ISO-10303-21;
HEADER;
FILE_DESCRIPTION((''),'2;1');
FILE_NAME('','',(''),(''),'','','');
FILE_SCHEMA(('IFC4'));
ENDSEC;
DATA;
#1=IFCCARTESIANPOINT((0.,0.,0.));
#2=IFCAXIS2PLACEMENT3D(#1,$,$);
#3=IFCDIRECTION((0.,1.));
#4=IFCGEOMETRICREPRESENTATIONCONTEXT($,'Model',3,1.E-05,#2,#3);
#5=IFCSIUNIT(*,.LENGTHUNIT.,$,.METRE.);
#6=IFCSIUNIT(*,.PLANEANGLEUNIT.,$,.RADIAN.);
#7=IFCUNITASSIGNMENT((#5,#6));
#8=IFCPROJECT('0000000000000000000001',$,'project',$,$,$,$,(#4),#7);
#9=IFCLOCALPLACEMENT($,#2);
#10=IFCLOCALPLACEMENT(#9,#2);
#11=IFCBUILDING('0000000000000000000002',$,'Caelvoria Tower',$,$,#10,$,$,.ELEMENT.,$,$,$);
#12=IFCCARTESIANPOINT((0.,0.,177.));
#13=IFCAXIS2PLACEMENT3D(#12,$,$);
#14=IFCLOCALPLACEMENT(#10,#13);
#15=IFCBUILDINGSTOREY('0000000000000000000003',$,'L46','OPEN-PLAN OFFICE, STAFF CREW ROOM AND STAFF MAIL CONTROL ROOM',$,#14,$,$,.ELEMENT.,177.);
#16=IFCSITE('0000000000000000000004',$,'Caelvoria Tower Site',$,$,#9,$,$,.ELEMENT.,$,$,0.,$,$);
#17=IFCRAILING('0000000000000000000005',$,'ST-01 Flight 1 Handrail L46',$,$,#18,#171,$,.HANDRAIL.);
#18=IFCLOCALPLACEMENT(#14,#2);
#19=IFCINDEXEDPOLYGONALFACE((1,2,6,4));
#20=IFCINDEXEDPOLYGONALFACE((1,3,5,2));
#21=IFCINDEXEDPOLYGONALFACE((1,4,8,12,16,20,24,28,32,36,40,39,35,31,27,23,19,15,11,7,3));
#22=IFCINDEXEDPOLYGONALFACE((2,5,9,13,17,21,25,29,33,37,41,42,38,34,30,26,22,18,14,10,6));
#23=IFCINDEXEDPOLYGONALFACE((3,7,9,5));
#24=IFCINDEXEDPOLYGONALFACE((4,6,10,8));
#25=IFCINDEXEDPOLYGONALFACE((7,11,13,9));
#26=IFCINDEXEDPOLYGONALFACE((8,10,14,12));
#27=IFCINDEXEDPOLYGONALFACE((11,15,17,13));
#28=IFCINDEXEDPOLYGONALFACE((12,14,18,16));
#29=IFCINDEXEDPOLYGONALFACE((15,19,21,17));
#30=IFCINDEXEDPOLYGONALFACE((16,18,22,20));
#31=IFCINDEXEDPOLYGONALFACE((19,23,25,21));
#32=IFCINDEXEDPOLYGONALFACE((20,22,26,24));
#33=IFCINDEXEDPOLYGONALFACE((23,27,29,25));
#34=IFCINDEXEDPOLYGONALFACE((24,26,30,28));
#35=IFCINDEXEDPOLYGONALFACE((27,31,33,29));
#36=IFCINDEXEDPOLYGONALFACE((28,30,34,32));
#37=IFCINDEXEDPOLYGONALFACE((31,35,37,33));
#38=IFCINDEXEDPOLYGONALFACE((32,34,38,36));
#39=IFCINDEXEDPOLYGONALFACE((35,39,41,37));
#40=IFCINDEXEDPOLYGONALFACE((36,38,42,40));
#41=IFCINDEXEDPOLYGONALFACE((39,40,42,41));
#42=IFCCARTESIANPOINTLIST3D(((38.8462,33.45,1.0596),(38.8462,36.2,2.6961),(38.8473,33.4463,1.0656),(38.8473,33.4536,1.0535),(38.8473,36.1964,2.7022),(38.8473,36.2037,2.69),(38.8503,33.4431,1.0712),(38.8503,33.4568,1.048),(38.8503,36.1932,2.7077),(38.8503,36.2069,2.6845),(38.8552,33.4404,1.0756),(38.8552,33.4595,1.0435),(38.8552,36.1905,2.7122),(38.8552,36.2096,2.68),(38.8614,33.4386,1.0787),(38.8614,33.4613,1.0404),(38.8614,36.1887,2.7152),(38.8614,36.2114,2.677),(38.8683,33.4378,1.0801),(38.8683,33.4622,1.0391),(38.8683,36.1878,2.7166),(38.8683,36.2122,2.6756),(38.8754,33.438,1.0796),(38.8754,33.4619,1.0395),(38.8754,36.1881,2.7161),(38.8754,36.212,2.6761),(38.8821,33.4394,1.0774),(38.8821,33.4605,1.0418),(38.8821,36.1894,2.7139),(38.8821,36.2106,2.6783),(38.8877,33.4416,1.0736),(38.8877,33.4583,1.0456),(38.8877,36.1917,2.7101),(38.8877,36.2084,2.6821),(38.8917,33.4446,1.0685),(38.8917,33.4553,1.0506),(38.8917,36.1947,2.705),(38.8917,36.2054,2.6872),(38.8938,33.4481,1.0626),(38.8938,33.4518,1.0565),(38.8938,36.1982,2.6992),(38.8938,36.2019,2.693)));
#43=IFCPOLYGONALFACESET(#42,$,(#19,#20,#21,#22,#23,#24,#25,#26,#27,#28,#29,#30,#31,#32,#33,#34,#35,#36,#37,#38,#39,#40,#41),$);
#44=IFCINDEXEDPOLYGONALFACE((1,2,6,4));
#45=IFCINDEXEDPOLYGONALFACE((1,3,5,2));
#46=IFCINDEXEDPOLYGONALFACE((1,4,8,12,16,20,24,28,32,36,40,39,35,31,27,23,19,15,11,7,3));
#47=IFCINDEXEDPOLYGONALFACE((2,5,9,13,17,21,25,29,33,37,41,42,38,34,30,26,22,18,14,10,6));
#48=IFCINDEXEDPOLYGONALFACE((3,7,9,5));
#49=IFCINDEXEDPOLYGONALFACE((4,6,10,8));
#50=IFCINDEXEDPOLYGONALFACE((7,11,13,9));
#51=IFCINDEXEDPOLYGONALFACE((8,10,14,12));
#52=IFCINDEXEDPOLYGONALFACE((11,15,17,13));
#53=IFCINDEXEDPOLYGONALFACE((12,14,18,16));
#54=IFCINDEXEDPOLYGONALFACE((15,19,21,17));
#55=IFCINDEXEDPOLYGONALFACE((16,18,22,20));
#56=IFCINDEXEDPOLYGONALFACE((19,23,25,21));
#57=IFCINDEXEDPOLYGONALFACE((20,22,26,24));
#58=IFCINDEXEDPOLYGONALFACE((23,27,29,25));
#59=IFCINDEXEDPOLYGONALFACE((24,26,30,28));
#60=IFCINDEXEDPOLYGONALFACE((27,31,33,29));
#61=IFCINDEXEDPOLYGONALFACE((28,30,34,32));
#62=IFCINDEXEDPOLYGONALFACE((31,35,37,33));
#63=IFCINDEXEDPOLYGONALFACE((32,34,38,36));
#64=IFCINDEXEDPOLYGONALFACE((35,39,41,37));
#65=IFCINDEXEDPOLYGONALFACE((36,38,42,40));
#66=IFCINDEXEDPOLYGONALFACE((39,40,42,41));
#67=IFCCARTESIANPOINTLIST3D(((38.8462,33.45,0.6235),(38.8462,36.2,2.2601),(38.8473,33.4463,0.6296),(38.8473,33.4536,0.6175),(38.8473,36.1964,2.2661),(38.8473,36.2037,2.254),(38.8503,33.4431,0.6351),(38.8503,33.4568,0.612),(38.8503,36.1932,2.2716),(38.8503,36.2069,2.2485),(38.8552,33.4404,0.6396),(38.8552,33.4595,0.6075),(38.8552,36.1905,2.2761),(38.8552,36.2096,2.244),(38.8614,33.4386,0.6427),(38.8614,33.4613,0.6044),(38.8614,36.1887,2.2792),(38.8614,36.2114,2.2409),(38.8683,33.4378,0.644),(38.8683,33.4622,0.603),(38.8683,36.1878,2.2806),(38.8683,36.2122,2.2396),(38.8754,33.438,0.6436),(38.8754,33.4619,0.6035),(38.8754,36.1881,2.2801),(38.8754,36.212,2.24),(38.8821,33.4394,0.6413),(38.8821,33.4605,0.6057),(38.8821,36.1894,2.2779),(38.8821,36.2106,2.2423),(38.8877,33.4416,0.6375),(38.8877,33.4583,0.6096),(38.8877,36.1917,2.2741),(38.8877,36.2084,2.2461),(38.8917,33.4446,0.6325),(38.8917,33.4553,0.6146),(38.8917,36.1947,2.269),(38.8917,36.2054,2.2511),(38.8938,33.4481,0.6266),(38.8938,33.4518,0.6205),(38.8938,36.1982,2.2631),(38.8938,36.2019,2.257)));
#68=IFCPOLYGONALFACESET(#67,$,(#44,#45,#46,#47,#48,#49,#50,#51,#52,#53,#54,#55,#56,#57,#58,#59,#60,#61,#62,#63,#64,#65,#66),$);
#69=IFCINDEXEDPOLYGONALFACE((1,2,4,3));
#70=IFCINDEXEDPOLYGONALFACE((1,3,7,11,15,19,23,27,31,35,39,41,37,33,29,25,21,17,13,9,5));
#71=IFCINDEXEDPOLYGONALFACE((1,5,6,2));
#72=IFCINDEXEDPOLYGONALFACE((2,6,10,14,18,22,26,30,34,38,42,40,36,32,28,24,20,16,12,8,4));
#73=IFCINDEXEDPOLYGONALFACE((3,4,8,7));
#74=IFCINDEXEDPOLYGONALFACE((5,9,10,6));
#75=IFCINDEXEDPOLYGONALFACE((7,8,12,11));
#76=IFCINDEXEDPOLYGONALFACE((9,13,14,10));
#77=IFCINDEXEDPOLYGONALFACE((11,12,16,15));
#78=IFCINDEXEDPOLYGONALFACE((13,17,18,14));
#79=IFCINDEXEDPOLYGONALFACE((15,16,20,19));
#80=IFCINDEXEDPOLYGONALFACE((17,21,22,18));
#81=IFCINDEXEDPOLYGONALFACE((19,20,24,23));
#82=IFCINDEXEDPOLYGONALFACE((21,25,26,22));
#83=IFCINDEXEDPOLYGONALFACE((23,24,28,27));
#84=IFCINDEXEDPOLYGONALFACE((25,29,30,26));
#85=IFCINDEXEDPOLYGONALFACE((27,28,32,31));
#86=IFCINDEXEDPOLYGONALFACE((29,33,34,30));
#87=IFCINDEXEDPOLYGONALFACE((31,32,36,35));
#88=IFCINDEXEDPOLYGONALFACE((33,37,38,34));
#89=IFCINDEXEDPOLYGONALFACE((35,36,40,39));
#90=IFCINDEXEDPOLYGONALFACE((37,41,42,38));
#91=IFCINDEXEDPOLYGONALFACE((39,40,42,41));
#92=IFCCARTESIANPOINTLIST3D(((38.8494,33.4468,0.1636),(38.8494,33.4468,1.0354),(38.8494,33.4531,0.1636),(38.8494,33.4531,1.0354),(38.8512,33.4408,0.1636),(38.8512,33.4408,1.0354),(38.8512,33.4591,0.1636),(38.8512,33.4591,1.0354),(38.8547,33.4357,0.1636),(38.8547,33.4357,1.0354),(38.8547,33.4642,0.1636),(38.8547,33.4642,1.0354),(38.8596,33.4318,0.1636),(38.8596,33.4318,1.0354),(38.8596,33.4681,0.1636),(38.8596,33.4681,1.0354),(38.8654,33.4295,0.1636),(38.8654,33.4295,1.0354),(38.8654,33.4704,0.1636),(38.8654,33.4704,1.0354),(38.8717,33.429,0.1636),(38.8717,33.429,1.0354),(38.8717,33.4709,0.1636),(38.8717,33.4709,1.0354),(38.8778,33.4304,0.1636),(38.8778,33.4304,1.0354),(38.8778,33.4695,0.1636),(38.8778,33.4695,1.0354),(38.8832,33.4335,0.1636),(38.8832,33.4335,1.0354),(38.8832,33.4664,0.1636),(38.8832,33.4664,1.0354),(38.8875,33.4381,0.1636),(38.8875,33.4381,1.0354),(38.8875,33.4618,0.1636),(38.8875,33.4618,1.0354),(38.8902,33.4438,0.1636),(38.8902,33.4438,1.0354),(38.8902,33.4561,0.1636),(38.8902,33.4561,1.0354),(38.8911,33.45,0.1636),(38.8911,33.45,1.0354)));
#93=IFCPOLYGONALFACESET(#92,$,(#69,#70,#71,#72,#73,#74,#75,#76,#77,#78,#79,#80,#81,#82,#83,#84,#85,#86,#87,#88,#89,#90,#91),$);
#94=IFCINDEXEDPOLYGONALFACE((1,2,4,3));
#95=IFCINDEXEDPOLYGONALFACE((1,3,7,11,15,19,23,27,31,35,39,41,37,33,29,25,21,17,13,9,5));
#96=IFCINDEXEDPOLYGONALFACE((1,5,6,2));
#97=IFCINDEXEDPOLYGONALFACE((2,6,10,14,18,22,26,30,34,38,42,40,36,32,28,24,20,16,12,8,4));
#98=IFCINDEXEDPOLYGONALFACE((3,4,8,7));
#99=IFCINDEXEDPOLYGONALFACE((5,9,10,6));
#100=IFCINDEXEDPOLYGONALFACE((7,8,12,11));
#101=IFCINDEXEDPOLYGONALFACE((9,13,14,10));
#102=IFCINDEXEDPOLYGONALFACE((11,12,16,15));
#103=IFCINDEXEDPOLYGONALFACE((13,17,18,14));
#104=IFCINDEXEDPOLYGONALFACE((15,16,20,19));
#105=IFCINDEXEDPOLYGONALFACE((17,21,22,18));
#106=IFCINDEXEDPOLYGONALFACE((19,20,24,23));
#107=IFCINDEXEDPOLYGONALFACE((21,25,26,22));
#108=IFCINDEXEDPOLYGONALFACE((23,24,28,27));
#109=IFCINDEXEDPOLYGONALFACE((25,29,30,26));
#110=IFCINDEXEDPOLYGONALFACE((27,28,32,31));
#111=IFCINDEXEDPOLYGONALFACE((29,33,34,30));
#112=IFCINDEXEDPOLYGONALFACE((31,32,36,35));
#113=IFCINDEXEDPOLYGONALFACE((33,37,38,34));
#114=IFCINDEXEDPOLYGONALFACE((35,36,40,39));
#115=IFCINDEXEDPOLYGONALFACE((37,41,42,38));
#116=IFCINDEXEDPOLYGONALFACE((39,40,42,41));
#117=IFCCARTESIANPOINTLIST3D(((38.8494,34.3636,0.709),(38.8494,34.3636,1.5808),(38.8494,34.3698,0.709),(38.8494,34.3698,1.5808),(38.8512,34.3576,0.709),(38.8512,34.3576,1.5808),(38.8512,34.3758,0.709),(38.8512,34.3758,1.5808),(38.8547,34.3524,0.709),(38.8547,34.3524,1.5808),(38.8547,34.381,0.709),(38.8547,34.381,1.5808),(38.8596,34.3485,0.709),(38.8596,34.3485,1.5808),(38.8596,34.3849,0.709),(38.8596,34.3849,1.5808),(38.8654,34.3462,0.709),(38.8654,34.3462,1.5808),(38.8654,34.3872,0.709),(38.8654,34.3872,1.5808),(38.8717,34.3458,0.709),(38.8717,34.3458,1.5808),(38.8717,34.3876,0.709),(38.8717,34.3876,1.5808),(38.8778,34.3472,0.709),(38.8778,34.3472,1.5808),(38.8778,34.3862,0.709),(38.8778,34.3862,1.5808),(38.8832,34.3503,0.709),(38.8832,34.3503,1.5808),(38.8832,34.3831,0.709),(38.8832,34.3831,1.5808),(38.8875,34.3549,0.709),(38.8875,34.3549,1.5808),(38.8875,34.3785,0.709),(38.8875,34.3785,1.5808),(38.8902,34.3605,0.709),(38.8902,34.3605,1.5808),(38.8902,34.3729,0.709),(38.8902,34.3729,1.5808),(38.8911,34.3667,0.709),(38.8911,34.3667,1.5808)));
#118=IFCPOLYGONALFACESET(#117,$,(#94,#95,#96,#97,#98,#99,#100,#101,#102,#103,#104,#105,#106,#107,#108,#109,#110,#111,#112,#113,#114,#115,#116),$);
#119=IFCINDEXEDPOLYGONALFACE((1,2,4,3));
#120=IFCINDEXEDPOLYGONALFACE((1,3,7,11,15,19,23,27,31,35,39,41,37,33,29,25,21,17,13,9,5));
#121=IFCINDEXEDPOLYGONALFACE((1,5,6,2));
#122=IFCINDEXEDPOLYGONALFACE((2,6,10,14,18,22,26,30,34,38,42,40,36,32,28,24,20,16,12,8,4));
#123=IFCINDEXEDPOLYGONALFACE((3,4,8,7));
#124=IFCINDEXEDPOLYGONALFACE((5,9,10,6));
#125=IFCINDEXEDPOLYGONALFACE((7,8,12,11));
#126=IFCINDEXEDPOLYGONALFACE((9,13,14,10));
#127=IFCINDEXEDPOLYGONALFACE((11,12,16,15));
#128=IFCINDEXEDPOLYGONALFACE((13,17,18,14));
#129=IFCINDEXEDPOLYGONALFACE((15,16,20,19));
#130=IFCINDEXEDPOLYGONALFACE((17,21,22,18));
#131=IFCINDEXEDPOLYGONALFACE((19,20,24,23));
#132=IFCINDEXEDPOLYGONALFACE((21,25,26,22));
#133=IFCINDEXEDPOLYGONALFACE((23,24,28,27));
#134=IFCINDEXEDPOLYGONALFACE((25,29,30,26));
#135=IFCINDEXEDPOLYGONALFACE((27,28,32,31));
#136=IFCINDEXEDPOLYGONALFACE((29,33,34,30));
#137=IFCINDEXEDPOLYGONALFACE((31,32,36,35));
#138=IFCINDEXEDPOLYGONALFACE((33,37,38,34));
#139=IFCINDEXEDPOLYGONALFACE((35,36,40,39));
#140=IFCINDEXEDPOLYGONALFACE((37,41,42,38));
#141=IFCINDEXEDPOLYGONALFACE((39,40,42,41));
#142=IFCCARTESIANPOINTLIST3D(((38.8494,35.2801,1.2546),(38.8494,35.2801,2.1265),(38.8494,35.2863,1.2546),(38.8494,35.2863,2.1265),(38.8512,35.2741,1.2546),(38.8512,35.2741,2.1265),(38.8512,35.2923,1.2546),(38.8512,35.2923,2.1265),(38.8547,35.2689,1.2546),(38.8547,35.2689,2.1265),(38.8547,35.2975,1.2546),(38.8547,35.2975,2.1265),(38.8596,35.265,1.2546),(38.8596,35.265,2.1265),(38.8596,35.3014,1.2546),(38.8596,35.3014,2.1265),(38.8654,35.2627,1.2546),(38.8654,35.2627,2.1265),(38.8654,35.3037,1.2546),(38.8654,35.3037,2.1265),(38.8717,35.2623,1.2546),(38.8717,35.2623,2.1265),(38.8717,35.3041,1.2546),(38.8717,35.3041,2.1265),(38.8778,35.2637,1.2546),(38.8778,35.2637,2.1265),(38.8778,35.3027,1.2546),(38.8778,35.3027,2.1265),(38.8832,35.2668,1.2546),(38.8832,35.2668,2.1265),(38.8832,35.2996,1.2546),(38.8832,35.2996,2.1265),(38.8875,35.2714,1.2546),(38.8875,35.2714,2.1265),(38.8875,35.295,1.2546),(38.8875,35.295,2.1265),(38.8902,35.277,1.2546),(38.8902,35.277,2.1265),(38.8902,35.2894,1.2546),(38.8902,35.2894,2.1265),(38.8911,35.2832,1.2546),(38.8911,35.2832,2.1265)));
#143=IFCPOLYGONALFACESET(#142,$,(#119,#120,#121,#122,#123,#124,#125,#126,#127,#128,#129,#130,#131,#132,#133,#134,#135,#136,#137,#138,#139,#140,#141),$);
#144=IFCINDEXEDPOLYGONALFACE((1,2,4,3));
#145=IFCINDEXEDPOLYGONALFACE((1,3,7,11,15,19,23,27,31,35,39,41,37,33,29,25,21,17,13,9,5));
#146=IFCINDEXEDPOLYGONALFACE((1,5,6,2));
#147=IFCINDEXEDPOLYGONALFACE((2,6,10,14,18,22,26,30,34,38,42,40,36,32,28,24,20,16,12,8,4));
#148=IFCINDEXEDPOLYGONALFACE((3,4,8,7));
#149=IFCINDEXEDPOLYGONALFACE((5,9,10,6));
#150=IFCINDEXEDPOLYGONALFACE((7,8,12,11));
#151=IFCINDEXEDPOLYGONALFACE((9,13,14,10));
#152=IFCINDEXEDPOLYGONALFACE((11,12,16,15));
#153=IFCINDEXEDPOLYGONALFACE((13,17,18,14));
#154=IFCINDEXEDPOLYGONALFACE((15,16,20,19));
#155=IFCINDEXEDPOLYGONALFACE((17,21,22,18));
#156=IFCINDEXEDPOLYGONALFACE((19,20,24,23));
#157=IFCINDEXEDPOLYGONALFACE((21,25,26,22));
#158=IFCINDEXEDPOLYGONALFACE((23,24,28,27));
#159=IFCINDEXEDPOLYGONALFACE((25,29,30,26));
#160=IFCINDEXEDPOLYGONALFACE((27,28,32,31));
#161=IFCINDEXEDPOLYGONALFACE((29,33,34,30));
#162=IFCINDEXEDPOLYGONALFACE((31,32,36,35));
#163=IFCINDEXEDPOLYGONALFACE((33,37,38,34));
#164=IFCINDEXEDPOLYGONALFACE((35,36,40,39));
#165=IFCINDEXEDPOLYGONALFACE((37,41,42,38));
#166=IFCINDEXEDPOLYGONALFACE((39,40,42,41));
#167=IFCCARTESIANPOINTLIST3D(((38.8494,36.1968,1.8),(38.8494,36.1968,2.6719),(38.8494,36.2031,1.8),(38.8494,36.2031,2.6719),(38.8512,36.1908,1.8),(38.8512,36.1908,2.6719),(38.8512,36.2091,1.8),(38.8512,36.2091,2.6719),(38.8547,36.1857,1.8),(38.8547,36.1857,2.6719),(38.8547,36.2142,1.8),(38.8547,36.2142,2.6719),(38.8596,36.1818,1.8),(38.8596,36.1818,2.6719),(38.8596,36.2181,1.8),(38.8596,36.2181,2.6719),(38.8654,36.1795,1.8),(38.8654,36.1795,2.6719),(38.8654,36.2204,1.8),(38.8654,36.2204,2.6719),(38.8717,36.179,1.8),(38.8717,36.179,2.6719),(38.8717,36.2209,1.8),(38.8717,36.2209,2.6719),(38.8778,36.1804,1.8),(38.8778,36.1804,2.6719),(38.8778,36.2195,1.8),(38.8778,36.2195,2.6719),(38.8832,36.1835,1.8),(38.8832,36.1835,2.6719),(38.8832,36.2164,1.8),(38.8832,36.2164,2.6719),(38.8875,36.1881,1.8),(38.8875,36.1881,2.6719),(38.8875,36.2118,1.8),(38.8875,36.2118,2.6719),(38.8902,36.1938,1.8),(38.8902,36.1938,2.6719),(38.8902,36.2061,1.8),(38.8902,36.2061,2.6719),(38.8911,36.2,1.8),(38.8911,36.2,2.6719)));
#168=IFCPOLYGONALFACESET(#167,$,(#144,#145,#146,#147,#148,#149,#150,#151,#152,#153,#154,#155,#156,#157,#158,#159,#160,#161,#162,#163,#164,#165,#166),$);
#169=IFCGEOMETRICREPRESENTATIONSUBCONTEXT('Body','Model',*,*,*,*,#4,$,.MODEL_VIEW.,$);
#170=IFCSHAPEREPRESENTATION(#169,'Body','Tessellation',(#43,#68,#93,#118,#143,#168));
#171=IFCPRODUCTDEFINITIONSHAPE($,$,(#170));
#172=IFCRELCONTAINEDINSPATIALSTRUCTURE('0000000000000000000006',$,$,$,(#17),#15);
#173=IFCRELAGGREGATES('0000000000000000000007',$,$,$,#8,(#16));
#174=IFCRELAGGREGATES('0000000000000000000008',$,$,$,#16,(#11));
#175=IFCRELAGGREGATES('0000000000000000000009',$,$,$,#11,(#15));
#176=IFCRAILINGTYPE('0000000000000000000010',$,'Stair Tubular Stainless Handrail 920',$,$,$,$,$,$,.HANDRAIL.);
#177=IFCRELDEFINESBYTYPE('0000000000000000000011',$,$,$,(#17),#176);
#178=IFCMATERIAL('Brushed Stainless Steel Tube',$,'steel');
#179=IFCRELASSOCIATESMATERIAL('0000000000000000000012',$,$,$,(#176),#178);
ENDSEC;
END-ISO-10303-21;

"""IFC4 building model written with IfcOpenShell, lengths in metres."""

from ifc_helpers import new_model, si_unit, direction, frame, origin, origin_2d, place, context, subcontext, project, spatial, circle, extrude, material, type_object, element, save


model = new_model("IFC4")

# Units and contexts
model_context = context("Model", 3, precision=1e-05, world=origin(), true_north=direction((0.0, 1.0)))
body_context = subcontext(model_context, "Body", "Model", "MODEL_VIEW")
ifc_project = project(units=[si_unit("LENGTHUNIT", "METRE"), si_unit("PLANEANGLEUNIT", "RADIAN")], contexts=[model_context])

# Site, building, storey
site_placement = place(None, origin())
site = spatial("IfcSite", under=ifc_project, at=site_placement, Name="Caelvoria Tower Site", CompositionType="ELEMENT", RefElevation=0.0)
building_placement = place(site_placement, origin())
building = spatial("IfcBuilding", under=site, at=building_placement, Name="Caelvoria Tower", CompositionType="ELEMENT")
storey_placement = place(building_placement, frame((0.0, 0.0, 177.0)))
storey = spatial("IfcBuildingStorey", under=building, at=storey_placement, Name="L46", Description="OPEN-PLAN OFFICE, STAFF CREW ROOM AND STAFF MAIL CONTROL ROOM", CompositionType="ELEMENT", Elevation=177.0)

# Railing
ifc_material_1 = material(Name="Brushed Stainless Steel Tube", Category="steel")
railing_type_1 = type_object("IfcRailingType", Name="Stair Tubular Stainless Handrail 920", PredefinedType="HANDRAIL", material=ifc_material_1)
railing_1_placement = place(storey_placement, frame((38.8701, 33.45, 0.1636)))
element("IfcRailing", 1, at=railing_1_placement, inside=storey, type_object=railing_type_1, Name="ST-01 Flight 1 Handrail L46", PredefinedType="HANDRAIL", context=body_context, shape_type="SweptSolid", body=[
    extrude(circle(Radius=0.0239, at=origin_2d()), frame((0.0, 0.0, 0.896), z_axis=(0.0, 0.859352, 0.511385), x_axis=(-1.0, 0.0, 0.0)), (0.0, 0.0, 1.0), 3.2002),
    extrude(circle(Radius=0.0239, at=origin_2d()), frame((0.0, 0.0, 0.46), z_axis=(0.0, 0.859352, 0.511385), x_axis=(-1.0, 0.0, 0.0)), (0.0, 0.0, 1.0), 3.2002),
    extrude(circle(Radius=0.021, at=origin_2d()), origin(), (0.0, 0.0, 1.0), 0.8718),
    extrude(circle(Radius=0.021, at=origin_2d()), frame((0.0, 0.9167, 0.5454)), (0.0, 0.0, 1.0), 0.8718),
    extrude(circle(Radius=0.021, at=origin_2d()), frame((0.0, 1.8333, 1.0911)), (0.0, 0.0, 1.0), 0.8718),
    extrude(circle(Radius=0.021, at=origin_2d()), frame((0.0, 2.75, 1.6365)), (0.0, 0.0, 1.0), 0.8718),
])

save(model, "model.ifc")
